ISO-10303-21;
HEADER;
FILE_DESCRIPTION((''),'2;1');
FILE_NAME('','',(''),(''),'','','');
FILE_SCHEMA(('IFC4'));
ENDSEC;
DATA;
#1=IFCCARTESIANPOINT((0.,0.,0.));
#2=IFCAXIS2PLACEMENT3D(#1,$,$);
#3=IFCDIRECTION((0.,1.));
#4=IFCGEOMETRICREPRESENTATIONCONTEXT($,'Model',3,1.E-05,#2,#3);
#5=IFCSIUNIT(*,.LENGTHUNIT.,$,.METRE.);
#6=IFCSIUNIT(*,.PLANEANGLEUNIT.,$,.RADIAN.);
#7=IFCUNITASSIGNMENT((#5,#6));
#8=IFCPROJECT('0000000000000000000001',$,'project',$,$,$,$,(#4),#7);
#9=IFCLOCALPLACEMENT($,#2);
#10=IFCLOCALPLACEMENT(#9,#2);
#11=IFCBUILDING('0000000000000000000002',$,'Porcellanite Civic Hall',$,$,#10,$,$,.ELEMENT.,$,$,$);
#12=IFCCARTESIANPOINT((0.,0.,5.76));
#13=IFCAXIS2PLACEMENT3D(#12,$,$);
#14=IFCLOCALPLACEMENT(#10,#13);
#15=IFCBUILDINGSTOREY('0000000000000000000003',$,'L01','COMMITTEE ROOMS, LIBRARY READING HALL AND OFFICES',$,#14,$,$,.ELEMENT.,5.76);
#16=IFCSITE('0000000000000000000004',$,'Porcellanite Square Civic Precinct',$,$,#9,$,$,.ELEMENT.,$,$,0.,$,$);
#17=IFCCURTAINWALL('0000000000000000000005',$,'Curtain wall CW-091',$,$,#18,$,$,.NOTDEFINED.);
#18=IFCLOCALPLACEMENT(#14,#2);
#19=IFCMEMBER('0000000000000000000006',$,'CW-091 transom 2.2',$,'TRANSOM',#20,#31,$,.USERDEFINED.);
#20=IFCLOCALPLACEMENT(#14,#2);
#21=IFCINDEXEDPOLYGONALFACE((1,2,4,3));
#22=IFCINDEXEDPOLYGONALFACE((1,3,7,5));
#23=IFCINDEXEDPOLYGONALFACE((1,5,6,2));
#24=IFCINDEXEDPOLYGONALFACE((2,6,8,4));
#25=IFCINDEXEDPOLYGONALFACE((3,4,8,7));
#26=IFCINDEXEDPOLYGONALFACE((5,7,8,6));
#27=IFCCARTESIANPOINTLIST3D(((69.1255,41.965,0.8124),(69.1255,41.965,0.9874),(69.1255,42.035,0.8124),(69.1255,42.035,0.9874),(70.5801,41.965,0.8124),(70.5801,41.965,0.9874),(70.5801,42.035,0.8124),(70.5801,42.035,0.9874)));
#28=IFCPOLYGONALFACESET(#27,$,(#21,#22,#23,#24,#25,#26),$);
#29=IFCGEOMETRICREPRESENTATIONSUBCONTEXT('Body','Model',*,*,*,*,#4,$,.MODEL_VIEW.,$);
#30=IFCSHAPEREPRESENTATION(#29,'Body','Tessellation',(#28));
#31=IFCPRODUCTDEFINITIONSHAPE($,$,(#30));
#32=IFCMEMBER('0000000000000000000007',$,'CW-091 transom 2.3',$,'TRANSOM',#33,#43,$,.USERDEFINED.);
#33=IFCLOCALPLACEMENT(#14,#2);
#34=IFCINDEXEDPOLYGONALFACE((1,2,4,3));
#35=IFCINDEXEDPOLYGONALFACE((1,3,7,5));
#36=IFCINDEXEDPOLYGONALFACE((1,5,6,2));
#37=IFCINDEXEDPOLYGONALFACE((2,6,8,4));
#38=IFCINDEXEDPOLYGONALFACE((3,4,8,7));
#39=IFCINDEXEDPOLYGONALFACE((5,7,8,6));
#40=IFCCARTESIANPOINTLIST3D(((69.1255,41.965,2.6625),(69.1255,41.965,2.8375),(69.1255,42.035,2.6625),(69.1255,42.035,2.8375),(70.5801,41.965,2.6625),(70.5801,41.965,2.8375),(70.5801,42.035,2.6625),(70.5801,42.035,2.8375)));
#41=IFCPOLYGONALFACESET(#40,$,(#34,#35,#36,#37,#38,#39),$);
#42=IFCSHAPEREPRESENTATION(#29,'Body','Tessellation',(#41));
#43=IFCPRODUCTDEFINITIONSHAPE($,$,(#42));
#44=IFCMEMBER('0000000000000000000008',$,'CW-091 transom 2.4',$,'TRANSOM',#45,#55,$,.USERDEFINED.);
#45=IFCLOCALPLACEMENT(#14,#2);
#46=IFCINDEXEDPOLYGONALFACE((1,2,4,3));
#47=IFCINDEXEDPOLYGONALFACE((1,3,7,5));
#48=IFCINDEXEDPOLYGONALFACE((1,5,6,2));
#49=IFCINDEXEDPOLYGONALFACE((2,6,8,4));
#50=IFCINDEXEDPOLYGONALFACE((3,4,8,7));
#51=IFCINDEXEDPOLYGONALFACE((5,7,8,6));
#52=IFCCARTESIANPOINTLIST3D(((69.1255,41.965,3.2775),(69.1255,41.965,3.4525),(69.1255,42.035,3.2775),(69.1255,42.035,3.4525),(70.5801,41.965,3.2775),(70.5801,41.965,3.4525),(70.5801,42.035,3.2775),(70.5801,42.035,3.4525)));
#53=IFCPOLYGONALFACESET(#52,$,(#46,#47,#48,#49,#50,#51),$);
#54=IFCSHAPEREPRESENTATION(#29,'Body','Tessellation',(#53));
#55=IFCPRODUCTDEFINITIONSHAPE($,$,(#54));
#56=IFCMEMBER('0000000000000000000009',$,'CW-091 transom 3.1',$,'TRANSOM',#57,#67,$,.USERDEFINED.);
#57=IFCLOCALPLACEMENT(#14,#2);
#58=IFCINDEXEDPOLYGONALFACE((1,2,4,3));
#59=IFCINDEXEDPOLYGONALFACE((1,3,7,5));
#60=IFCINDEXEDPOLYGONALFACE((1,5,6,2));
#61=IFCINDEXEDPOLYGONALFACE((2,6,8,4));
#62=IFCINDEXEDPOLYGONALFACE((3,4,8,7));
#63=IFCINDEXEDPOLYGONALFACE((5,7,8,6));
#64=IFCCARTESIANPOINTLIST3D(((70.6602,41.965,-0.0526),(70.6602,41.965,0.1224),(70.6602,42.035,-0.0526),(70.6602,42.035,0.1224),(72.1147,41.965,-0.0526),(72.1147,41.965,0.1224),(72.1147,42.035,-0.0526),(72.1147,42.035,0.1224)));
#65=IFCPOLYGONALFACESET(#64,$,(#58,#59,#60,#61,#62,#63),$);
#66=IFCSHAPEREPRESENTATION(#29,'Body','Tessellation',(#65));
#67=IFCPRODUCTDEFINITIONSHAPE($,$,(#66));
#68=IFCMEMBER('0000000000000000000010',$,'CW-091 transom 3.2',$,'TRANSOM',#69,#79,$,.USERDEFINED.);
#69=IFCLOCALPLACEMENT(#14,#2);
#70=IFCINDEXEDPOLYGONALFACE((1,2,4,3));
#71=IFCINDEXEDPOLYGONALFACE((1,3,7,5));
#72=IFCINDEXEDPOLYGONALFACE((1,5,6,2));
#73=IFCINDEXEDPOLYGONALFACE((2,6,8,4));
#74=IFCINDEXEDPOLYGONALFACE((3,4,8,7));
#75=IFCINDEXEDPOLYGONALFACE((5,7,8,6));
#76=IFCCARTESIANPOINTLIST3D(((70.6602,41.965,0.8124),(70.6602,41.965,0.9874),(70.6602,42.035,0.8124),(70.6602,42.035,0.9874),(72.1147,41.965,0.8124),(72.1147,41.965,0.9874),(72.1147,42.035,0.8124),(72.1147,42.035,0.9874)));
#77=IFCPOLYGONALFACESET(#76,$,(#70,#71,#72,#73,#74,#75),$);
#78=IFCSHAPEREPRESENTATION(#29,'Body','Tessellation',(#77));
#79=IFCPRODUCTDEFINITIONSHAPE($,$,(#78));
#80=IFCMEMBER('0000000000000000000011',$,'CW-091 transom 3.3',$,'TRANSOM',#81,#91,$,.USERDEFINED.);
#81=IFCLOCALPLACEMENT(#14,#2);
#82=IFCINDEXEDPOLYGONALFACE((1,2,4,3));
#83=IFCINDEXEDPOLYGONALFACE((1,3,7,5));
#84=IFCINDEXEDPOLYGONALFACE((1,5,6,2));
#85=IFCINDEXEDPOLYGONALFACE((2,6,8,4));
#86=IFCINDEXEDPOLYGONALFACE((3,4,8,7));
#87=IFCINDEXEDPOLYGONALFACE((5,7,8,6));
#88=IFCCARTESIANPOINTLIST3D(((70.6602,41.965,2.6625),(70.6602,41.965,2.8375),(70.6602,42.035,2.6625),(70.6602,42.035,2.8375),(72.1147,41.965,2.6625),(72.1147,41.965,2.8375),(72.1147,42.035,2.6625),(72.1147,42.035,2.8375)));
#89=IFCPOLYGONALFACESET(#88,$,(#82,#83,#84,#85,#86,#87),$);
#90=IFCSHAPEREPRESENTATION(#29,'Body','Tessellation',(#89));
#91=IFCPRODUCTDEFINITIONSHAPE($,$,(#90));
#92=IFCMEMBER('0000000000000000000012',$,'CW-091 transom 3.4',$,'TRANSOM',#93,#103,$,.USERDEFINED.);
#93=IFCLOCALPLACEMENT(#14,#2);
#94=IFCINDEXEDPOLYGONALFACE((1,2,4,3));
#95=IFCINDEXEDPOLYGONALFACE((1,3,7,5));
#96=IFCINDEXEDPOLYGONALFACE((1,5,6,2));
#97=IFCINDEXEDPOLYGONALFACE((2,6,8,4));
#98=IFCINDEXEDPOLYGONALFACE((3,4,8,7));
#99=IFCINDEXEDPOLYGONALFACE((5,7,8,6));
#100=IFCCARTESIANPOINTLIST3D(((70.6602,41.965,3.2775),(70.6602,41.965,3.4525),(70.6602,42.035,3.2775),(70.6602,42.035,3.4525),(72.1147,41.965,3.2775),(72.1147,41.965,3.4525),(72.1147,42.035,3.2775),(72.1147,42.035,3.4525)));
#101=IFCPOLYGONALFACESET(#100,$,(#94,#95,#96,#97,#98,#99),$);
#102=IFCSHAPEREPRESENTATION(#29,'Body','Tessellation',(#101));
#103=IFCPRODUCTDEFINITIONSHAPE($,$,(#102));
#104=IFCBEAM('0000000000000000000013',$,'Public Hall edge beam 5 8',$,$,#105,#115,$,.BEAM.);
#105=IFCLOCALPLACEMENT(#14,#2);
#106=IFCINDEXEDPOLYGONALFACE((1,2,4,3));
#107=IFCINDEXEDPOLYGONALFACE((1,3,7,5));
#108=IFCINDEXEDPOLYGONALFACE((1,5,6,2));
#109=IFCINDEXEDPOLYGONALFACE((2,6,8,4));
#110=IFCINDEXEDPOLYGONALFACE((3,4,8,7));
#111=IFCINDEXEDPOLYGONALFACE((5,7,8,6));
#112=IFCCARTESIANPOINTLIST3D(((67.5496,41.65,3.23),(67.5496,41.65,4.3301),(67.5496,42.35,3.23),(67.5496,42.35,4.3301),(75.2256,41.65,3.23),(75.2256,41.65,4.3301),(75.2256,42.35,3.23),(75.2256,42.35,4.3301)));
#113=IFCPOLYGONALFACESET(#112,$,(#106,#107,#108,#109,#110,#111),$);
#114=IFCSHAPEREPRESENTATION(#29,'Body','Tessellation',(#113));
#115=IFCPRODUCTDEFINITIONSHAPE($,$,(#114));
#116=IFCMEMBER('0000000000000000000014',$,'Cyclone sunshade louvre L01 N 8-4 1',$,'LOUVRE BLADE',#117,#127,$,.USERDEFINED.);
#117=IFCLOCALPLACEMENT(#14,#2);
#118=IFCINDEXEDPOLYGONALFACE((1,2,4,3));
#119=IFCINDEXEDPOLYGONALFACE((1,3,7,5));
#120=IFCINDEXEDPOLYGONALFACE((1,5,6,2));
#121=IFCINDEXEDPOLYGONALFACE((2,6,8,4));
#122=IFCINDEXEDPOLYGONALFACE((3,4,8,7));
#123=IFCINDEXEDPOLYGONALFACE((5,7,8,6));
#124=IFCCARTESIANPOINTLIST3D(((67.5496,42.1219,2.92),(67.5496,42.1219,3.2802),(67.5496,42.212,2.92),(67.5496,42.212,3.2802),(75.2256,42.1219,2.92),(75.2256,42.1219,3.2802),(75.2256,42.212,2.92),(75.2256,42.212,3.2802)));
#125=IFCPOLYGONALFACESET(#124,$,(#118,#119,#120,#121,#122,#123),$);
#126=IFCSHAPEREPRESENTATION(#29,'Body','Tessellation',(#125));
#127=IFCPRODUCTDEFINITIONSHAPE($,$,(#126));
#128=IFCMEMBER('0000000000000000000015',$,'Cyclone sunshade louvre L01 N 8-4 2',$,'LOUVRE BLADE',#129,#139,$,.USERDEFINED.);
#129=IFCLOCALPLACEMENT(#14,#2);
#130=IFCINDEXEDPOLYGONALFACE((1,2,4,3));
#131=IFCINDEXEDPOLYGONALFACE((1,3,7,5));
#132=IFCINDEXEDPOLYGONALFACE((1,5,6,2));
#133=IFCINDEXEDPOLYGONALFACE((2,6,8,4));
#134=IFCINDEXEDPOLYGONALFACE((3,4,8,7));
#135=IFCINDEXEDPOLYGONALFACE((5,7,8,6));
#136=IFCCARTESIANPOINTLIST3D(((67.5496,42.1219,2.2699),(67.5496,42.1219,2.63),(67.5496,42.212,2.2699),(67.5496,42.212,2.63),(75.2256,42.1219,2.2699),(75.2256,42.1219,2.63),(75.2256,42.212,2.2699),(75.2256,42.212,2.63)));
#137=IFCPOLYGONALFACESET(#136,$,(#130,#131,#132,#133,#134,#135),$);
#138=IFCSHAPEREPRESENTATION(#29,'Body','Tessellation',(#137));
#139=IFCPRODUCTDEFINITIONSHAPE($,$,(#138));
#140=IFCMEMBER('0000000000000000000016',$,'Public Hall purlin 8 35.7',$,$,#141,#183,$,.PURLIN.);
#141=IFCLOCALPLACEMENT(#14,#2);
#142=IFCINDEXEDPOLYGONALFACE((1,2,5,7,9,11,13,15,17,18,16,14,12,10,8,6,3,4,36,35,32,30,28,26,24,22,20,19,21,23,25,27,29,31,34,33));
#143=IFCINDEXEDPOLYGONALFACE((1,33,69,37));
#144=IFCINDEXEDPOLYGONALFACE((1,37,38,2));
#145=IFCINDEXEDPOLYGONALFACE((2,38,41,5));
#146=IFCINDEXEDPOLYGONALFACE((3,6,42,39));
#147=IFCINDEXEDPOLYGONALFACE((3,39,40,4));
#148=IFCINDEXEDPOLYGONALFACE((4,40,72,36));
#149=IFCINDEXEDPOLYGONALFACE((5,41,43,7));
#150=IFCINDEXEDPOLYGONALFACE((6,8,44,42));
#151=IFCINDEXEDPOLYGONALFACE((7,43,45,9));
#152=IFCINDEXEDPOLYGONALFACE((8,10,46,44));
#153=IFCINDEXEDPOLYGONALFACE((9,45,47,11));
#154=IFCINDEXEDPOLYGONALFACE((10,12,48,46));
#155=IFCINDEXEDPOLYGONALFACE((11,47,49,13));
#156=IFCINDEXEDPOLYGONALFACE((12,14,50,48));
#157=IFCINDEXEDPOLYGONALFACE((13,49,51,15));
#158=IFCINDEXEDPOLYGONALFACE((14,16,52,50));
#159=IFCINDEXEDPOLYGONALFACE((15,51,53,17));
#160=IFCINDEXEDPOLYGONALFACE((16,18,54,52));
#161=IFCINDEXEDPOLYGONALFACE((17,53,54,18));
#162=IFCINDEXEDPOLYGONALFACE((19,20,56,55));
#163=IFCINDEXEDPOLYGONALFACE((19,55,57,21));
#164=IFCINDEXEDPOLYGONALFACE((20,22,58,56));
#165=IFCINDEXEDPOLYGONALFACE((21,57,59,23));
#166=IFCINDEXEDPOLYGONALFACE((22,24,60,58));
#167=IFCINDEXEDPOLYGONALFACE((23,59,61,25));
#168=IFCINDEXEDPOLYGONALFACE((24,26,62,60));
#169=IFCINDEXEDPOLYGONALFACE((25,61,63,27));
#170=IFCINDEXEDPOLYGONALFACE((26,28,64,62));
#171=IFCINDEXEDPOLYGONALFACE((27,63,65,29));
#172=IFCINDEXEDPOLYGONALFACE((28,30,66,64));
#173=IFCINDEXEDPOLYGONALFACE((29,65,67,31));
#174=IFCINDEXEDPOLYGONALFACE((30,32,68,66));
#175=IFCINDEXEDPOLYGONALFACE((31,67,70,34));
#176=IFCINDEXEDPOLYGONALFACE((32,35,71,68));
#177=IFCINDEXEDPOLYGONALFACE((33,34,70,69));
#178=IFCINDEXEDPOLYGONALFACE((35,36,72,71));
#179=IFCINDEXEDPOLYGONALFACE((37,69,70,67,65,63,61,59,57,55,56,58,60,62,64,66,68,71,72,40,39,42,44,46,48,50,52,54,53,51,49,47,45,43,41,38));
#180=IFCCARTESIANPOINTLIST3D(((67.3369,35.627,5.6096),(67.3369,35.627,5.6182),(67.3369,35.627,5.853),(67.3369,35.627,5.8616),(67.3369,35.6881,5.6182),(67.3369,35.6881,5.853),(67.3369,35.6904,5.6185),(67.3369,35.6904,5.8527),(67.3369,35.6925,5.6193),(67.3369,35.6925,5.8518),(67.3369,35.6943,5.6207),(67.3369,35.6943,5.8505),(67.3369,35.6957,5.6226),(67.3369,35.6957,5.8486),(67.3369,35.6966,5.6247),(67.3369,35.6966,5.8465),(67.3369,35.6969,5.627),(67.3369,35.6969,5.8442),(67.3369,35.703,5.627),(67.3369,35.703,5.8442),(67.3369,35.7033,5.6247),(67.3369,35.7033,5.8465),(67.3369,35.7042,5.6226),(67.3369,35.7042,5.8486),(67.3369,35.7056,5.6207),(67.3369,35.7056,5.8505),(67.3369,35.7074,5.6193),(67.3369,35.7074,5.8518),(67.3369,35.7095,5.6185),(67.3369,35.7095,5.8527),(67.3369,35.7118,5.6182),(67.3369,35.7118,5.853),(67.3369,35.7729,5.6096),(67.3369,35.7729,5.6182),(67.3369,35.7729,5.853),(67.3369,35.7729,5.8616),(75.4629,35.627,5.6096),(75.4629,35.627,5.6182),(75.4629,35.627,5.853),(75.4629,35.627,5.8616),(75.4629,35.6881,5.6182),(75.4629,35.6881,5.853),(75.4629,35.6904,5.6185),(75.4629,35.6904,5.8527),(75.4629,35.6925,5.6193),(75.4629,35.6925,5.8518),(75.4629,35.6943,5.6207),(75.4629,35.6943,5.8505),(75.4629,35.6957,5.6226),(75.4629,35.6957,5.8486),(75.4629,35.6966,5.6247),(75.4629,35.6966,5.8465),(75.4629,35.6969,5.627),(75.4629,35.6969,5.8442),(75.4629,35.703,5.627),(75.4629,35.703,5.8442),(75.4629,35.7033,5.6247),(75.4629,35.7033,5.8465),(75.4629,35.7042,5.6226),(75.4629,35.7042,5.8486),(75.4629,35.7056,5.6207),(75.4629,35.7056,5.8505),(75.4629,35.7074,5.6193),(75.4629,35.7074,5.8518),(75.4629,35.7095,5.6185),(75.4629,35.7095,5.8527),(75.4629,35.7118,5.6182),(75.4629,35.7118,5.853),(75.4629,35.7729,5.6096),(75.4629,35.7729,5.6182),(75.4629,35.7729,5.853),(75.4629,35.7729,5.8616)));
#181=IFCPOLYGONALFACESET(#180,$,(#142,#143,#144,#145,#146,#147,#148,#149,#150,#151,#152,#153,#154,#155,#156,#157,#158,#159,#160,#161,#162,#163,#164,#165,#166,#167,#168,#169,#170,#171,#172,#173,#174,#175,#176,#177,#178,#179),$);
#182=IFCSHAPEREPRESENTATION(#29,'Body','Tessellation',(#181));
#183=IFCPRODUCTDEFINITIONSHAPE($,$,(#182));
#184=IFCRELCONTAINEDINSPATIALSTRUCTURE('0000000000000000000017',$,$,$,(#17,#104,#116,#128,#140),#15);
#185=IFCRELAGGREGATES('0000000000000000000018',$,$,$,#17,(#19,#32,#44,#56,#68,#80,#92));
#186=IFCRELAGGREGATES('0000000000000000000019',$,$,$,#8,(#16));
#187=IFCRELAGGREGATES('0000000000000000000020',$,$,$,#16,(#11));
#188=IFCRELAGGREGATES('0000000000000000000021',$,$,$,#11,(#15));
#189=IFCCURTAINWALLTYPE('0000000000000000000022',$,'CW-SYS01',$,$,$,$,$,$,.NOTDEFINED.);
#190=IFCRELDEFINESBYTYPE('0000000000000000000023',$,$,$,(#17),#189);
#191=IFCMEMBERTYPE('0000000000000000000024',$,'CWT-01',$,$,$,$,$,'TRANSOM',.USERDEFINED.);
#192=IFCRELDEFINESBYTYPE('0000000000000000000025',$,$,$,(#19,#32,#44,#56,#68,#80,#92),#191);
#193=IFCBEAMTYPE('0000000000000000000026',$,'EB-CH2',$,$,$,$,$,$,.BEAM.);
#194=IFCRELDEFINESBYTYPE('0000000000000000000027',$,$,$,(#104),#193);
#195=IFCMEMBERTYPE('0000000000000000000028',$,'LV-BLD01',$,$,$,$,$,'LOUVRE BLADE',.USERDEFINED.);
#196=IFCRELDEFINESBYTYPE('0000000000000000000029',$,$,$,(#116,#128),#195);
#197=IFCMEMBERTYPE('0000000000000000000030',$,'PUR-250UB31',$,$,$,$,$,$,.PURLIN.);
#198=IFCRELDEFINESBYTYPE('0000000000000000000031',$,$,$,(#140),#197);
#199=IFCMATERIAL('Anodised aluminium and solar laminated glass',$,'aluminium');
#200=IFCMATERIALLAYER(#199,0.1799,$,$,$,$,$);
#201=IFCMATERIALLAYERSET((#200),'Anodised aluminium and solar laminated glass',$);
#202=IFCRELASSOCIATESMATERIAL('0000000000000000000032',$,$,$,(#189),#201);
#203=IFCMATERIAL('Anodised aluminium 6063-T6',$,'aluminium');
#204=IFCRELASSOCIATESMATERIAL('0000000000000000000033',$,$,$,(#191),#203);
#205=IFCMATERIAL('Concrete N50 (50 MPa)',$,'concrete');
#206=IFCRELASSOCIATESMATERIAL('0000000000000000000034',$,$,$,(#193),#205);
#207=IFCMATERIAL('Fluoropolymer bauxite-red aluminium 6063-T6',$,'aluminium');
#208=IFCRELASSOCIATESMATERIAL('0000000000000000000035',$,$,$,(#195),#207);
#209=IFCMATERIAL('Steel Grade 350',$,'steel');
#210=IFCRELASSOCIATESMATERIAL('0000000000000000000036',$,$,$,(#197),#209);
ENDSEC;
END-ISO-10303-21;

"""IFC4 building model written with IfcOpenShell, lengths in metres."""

from ifc_helpers import new_model, si_unit, direction, frame, origin, origin_2d, place, context, subcontext, project, spatial, rectangle, i_section, extrude, material, layer, layer_set, material_profile, profile_set, type_object, element, aggregate, save


model = new_model("IFC4")

# Units and contexts
model_context = context("Model", 3, precision=1e-05, world=origin(), true_north=direction((0.0, 1.0)))
body_context = subcontext(model_context, "Body", "Model", "MODEL_VIEW")
ifc_project = project(units=[si_unit("LENGTHUNIT", "METRE"), si_unit("PLANEANGLEUNIT", "RADIAN")], contexts=[model_context])

# Site, building, storey
site_placement = place(None, origin())
site = spatial("IfcSite", under=ifc_project, at=site_placement, Name="Porcellanite Square Civic Precinct", CompositionType="ELEMENT", RefElevation=0.0)
building_placement = place(site_placement, origin())
building = spatial("IfcBuilding", under=site, at=building_placement, Name="Porcellanite Civic Hall", CompositionType="ELEMENT")
storey_placement = place(building_placement, frame((0.0, 0.0, 5.76)))
storey = spatial("IfcBuildingStorey", under=building, at=storey_placement, Name="L01", Description="COMMITTEE ROOMS, LIBRARY READING HALL AND OFFICES", CompositionType="ELEMENT", Elevation=5.76)

# Shared definitions
ifc_material_1 = material(Name="Anodised aluminium and solar laminated glass", Category="aluminium")
ifc_layer_1 = layer(ifc_material_1, 0.1799)
ifc_layer_set_1 = layer_set([ifc_layer_1], Name="Anodised aluminium and solar laminated glass")
curtain_wall_type = type_object("IfcCurtainWallType", Name="CW-SYS01", PredefinedType="NOTDEFINED", material=ifc_layer_set_1)

# Curtain wall
curtain_wall_1_placement = place(storey_placement, origin())
curtain_wall_1 = element("IfcCurtainWall", 1, at=curtain_wall_1_placement, inside=storey, type_object=curtain_wall_type, Name="Curtain wall CW-091", PredefinedType="NOTDEFINED")

# Members
ifc_material_2 = material(Name="Anodised aluminium 6063-T6", Category="aluminium")
ifc_material_profile_1 = material_profile(ifc_material_2, rectangle(XDim=0.0701, YDim=0.175, at=origin_2d()), Name="AL-70x175")
ifc_profile_set_1 = profile_set([ifc_material_profile_1], Name="Anodised aluminium 6063-T6")
member_type_1 = type_object("IfcMemberType", Name="CWT-01", ElementType="TRANSOM", PredefinedType="USERDEFINED", material=ifc_profile_set_1)
member_1_placement = place(storey_placement, frame((69.1255, 42.0, 0.8999), z_axis=(1.0, 0.0, 0.0), x_axis=(0.0, 1.0, 0.0)))
member_1 = element("IfcMember", 2, at=member_1_placement, type_object=member_type_1, Name="CW-091 transom 2.2", ObjectType="TRANSOM", PredefinedType="USERDEFINED", context=body_context, shape_type="SweptSolid", body=[
    extrude(rectangle(XDim=0.0701, YDim=0.175, at=origin_2d()), origin(), (0.0, 0.0, 1.0), 1.4546),
])
member_2_placement = place(storey_placement, frame((69.1255, 42.0, 2.75), z_axis=(1.0, 0.0, 0.0), x_axis=(0.0, 1.0, 0.0)))
member_2 = element("IfcMember", 3, at=member_2_placement, type_object=member_type_1, Name="CW-091 transom 2.3", ObjectType="TRANSOM", PredefinedType="USERDEFINED", context=body_context, shape_type="SweptSolid", body=[
    extrude(rectangle(XDim=0.0701, YDim=0.175, at=origin_2d()), origin(), (0.0, 0.0, 1.0), 1.4546),
])
member_3_placement = place(storey_placement, frame((69.1255, 42.0, 3.365), z_axis=(1.0, 0.0, 0.0), x_axis=(0.0, 1.0, 0.0)))
member_3 = element("IfcMember", 4, at=member_3_placement, type_object=member_type_1, Name="CW-091 transom 2.4", ObjectType="TRANSOM", PredefinedType="USERDEFINED", context=body_context, shape_type="SweptSolid", body=[
    extrude(rectangle(XDim=0.0701, YDim=0.175, at=origin_2d()), origin(), (0.0, 0.0, 1.0), 1.4546),
])
member_4_placement = place(storey_placement, frame((70.6602, 42.0, 0.0349), z_axis=(1.0, 0.0, 0.0), x_axis=(0.0, 1.0, 0.0)))
member_4 = element("IfcMember", 5, at=member_4_placement, type_object=member_type_1, Name="CW-091 transom 3.1", ObjectType="TRANSOM", PredefinedType="USERDEFINED", context=body_context, shape_type="SweptSolid", body=[
    extrude(rectangle(XDim=0.0701, YDim=0.175, at=origin_2d()), origin(), (0.0, 0.0, 1.0), 1.4546),
])
member_5_placement = place(storey_placement, frame((70.6602, 42.0, 0.8999), z_axis=(1.0, 0.0, 0.0), x_axis=(0.0, 1.0, 0.0)))
member_5 = element("IfcMember", 6, at=member_5_placement, type_object=member_type_1, Name="CW-091 transom 3.2", ObjectType="TRANSOM", PredefinedType="USERDEFINED", context=body_context, shape_type="SweptSolid", body=[
    extrude(rectangle(XDim=0.0701, YDim=0.175, at=origin_2d()), origin(), (0.0, 0.0, 1.0), 1.4546),
])
member_6_placement = place(storey_placement, frame((70.6602, 42.0, 2.75), z_axis=(1.0, 0.0, 0.0), x_axis=(0.0, 1.0, 0.0)))
member_6 = element("IfcMember", 7, at=member_6_placement, type_object=member_type_1, Name="CW-091 transom 3.3", ObjectType="TRANSOM", PredefinedType="USERDEFINED", context=body_context, shape_type="SweptSolid", body=[
    extrude(rectangle(XDim=0.0701, YDim=0.175, at=origin_2d()), origin(), (0.0, 0.0, 1.0), 1.4546),
])
member_7_placement = place(storey_placement, frame((70.6602, 42.0, 3.365), z_axis=(1.0, 0.0, 0.0), x_axis=(0.0, 1.0, 0.0)))
member_7 = element("IfcMember", 8, at=member_7_placement, type_object=member_type_1, Name="CW-091 transom 3.4", ObjectType="TRANSOM", PredefinedType="USERDEFINED", context=body_context, shape_type="SweptSolid", body=[
    extrude(rectangle(XDim=0.0701, YDim=0.175, at=origin_2d()), origin(), (0.0, 0.0, 1.0), 1.4546),
])

# Beam
ifc_material_3 = material(Name="Concrete N50 (50 MPa)", Category="concrete")
ifc_material_profile_2 = material_profile(ifc_material_3, rectangle(XDim=0.7, YDim=1.1001, at=origin_2d()), Name="RC-700x1100")
ifc_profile_set_2 = profile_set([ifc_material_profile_2], Name="Concrete N50 (50 MPa)")
beam_type = type_object("IfcBeamType", Name="EB-CH2", PredefinedType="BEAM", material=ifc_profile_set_2)
beam_placement = place(storey_placement, frame((67.5496, 42.0, 3.78), z_axis=(1.0, 0.0, 0.0), x_axis=(0.0, 1.0, 0.0)))
element("IfcBeam", 9, at=beam_placement, inside=storey, type_object=beam_type, Name="Public Hall edge beam 5 8", PredefinedType="BEAM", context=body_context, shape_type="SweptSolid", body=[
    extrude(rectangle(XDim=0.7, YDim=1.1001, at=origin_2d()), origin(), (0.0, 0.0, 1.0), 7.676),
])

# Members
ifc_material_4 = material(Name="Fluoropolymer bauxite-red aluminium 6063-T6", Category="aluminium")
ifc_material_profile_3 = material_profile(ifc_material_4, rectangle(XDim=0.0901, YDim=0.3601, at=origin_2d()), Name="AL-90x360")
ifc_profile_set_3 = profile_set([ifc_material_profile_3], Name="Fluoropolymer bauxite-red aluminium 6063-T6")
member_type_2 = type_object("IfcMemberType", Name="LV-BLD01", ElementType="LOUVRE BLADE", PredefinedType="USERDEFINED", material=ifc_profile_set_3)
for number, where, z_axis, x_axis, name in (
    (10, (67.5496, 42.167, 3.1001), (1.0, 0.0, 0.0), (0.0, 1.0, 0.0), "Cyclone sunshade louvre L01 N 8-4 1"),
    (11, (67.5496, 42.167, 2.45), (1.0, 0.0, 0.0), (0.0, 1.0, 0.0), "Cyclone sunshade louvre L01 N 8-4 2"),
):
    element("IfcMember", number, at=place(storey_placement, frame(where, z_axis=z_axis, x_axis=x_axis)), inside=storey, type_object=member_type_2, Name=name, ObjectType="LOUVRE BLADE", PredefinedType="USERDEFINED", context=body_context, shape_type="SweptSolid", body=[
        extrude(rectangle(XDim=0.0901, YDim=0.3601, at=origin_2d()), origin(), (0.0, 0.0, 1.0), 7.676),
    ])
ifc_material_5 = material(Name="Steel Grade 350", Category="steel")
ifc_material_profile_4 = material_profile(ifc_material_5, i_section(OverallWidth=0.146, OverallDepth=0.252, WebThickness=0.0061, FlangeThickness=0.0085, FilletRadius=0.0088, at=origin_2d()), Name="250UB31.4")
ifc_profile_set_4 = profile_set([ifc_material_profile_4], Name="Steel Grade 350")
member_type_3 = type_object("IfcMemberType", Name="PUR-250UB31", PredefinedType="PURLIN", material=ifc_profile_set_4)
for number, where, z_axis, x_axis, name in (
    (12, (67.3369, 35.7, 5.7356), (1.0, 0.0, 0.0), (0.0, 1.0, 0.0), "Public Hall purlin 8 35.7"),
):
    element("IfcMember", number, at=place(storey_placement, frame(where, z_axis=z_axis, x_axis=x_axis)), inside=storey, type_object=member_type_3, Name=name, PredefinedType="PURLIN", context=body_context, shape_type="SweptSolid", body=[
        extrude(i_section(OverallWidth=0.146, OverallDepth=0.252, WebThickness=0.0061, FlangeThickness=0.0085, FilletRadius=0.0088, at=origin_2d()), origin(), (0.0, 0.0, 1.0), 8.126),
    ])

aggregate(curtain_wall_1, [member_1, member_2, member_3, member_4, member_5, member_6, member_7])

save(model, "model.ifc")
